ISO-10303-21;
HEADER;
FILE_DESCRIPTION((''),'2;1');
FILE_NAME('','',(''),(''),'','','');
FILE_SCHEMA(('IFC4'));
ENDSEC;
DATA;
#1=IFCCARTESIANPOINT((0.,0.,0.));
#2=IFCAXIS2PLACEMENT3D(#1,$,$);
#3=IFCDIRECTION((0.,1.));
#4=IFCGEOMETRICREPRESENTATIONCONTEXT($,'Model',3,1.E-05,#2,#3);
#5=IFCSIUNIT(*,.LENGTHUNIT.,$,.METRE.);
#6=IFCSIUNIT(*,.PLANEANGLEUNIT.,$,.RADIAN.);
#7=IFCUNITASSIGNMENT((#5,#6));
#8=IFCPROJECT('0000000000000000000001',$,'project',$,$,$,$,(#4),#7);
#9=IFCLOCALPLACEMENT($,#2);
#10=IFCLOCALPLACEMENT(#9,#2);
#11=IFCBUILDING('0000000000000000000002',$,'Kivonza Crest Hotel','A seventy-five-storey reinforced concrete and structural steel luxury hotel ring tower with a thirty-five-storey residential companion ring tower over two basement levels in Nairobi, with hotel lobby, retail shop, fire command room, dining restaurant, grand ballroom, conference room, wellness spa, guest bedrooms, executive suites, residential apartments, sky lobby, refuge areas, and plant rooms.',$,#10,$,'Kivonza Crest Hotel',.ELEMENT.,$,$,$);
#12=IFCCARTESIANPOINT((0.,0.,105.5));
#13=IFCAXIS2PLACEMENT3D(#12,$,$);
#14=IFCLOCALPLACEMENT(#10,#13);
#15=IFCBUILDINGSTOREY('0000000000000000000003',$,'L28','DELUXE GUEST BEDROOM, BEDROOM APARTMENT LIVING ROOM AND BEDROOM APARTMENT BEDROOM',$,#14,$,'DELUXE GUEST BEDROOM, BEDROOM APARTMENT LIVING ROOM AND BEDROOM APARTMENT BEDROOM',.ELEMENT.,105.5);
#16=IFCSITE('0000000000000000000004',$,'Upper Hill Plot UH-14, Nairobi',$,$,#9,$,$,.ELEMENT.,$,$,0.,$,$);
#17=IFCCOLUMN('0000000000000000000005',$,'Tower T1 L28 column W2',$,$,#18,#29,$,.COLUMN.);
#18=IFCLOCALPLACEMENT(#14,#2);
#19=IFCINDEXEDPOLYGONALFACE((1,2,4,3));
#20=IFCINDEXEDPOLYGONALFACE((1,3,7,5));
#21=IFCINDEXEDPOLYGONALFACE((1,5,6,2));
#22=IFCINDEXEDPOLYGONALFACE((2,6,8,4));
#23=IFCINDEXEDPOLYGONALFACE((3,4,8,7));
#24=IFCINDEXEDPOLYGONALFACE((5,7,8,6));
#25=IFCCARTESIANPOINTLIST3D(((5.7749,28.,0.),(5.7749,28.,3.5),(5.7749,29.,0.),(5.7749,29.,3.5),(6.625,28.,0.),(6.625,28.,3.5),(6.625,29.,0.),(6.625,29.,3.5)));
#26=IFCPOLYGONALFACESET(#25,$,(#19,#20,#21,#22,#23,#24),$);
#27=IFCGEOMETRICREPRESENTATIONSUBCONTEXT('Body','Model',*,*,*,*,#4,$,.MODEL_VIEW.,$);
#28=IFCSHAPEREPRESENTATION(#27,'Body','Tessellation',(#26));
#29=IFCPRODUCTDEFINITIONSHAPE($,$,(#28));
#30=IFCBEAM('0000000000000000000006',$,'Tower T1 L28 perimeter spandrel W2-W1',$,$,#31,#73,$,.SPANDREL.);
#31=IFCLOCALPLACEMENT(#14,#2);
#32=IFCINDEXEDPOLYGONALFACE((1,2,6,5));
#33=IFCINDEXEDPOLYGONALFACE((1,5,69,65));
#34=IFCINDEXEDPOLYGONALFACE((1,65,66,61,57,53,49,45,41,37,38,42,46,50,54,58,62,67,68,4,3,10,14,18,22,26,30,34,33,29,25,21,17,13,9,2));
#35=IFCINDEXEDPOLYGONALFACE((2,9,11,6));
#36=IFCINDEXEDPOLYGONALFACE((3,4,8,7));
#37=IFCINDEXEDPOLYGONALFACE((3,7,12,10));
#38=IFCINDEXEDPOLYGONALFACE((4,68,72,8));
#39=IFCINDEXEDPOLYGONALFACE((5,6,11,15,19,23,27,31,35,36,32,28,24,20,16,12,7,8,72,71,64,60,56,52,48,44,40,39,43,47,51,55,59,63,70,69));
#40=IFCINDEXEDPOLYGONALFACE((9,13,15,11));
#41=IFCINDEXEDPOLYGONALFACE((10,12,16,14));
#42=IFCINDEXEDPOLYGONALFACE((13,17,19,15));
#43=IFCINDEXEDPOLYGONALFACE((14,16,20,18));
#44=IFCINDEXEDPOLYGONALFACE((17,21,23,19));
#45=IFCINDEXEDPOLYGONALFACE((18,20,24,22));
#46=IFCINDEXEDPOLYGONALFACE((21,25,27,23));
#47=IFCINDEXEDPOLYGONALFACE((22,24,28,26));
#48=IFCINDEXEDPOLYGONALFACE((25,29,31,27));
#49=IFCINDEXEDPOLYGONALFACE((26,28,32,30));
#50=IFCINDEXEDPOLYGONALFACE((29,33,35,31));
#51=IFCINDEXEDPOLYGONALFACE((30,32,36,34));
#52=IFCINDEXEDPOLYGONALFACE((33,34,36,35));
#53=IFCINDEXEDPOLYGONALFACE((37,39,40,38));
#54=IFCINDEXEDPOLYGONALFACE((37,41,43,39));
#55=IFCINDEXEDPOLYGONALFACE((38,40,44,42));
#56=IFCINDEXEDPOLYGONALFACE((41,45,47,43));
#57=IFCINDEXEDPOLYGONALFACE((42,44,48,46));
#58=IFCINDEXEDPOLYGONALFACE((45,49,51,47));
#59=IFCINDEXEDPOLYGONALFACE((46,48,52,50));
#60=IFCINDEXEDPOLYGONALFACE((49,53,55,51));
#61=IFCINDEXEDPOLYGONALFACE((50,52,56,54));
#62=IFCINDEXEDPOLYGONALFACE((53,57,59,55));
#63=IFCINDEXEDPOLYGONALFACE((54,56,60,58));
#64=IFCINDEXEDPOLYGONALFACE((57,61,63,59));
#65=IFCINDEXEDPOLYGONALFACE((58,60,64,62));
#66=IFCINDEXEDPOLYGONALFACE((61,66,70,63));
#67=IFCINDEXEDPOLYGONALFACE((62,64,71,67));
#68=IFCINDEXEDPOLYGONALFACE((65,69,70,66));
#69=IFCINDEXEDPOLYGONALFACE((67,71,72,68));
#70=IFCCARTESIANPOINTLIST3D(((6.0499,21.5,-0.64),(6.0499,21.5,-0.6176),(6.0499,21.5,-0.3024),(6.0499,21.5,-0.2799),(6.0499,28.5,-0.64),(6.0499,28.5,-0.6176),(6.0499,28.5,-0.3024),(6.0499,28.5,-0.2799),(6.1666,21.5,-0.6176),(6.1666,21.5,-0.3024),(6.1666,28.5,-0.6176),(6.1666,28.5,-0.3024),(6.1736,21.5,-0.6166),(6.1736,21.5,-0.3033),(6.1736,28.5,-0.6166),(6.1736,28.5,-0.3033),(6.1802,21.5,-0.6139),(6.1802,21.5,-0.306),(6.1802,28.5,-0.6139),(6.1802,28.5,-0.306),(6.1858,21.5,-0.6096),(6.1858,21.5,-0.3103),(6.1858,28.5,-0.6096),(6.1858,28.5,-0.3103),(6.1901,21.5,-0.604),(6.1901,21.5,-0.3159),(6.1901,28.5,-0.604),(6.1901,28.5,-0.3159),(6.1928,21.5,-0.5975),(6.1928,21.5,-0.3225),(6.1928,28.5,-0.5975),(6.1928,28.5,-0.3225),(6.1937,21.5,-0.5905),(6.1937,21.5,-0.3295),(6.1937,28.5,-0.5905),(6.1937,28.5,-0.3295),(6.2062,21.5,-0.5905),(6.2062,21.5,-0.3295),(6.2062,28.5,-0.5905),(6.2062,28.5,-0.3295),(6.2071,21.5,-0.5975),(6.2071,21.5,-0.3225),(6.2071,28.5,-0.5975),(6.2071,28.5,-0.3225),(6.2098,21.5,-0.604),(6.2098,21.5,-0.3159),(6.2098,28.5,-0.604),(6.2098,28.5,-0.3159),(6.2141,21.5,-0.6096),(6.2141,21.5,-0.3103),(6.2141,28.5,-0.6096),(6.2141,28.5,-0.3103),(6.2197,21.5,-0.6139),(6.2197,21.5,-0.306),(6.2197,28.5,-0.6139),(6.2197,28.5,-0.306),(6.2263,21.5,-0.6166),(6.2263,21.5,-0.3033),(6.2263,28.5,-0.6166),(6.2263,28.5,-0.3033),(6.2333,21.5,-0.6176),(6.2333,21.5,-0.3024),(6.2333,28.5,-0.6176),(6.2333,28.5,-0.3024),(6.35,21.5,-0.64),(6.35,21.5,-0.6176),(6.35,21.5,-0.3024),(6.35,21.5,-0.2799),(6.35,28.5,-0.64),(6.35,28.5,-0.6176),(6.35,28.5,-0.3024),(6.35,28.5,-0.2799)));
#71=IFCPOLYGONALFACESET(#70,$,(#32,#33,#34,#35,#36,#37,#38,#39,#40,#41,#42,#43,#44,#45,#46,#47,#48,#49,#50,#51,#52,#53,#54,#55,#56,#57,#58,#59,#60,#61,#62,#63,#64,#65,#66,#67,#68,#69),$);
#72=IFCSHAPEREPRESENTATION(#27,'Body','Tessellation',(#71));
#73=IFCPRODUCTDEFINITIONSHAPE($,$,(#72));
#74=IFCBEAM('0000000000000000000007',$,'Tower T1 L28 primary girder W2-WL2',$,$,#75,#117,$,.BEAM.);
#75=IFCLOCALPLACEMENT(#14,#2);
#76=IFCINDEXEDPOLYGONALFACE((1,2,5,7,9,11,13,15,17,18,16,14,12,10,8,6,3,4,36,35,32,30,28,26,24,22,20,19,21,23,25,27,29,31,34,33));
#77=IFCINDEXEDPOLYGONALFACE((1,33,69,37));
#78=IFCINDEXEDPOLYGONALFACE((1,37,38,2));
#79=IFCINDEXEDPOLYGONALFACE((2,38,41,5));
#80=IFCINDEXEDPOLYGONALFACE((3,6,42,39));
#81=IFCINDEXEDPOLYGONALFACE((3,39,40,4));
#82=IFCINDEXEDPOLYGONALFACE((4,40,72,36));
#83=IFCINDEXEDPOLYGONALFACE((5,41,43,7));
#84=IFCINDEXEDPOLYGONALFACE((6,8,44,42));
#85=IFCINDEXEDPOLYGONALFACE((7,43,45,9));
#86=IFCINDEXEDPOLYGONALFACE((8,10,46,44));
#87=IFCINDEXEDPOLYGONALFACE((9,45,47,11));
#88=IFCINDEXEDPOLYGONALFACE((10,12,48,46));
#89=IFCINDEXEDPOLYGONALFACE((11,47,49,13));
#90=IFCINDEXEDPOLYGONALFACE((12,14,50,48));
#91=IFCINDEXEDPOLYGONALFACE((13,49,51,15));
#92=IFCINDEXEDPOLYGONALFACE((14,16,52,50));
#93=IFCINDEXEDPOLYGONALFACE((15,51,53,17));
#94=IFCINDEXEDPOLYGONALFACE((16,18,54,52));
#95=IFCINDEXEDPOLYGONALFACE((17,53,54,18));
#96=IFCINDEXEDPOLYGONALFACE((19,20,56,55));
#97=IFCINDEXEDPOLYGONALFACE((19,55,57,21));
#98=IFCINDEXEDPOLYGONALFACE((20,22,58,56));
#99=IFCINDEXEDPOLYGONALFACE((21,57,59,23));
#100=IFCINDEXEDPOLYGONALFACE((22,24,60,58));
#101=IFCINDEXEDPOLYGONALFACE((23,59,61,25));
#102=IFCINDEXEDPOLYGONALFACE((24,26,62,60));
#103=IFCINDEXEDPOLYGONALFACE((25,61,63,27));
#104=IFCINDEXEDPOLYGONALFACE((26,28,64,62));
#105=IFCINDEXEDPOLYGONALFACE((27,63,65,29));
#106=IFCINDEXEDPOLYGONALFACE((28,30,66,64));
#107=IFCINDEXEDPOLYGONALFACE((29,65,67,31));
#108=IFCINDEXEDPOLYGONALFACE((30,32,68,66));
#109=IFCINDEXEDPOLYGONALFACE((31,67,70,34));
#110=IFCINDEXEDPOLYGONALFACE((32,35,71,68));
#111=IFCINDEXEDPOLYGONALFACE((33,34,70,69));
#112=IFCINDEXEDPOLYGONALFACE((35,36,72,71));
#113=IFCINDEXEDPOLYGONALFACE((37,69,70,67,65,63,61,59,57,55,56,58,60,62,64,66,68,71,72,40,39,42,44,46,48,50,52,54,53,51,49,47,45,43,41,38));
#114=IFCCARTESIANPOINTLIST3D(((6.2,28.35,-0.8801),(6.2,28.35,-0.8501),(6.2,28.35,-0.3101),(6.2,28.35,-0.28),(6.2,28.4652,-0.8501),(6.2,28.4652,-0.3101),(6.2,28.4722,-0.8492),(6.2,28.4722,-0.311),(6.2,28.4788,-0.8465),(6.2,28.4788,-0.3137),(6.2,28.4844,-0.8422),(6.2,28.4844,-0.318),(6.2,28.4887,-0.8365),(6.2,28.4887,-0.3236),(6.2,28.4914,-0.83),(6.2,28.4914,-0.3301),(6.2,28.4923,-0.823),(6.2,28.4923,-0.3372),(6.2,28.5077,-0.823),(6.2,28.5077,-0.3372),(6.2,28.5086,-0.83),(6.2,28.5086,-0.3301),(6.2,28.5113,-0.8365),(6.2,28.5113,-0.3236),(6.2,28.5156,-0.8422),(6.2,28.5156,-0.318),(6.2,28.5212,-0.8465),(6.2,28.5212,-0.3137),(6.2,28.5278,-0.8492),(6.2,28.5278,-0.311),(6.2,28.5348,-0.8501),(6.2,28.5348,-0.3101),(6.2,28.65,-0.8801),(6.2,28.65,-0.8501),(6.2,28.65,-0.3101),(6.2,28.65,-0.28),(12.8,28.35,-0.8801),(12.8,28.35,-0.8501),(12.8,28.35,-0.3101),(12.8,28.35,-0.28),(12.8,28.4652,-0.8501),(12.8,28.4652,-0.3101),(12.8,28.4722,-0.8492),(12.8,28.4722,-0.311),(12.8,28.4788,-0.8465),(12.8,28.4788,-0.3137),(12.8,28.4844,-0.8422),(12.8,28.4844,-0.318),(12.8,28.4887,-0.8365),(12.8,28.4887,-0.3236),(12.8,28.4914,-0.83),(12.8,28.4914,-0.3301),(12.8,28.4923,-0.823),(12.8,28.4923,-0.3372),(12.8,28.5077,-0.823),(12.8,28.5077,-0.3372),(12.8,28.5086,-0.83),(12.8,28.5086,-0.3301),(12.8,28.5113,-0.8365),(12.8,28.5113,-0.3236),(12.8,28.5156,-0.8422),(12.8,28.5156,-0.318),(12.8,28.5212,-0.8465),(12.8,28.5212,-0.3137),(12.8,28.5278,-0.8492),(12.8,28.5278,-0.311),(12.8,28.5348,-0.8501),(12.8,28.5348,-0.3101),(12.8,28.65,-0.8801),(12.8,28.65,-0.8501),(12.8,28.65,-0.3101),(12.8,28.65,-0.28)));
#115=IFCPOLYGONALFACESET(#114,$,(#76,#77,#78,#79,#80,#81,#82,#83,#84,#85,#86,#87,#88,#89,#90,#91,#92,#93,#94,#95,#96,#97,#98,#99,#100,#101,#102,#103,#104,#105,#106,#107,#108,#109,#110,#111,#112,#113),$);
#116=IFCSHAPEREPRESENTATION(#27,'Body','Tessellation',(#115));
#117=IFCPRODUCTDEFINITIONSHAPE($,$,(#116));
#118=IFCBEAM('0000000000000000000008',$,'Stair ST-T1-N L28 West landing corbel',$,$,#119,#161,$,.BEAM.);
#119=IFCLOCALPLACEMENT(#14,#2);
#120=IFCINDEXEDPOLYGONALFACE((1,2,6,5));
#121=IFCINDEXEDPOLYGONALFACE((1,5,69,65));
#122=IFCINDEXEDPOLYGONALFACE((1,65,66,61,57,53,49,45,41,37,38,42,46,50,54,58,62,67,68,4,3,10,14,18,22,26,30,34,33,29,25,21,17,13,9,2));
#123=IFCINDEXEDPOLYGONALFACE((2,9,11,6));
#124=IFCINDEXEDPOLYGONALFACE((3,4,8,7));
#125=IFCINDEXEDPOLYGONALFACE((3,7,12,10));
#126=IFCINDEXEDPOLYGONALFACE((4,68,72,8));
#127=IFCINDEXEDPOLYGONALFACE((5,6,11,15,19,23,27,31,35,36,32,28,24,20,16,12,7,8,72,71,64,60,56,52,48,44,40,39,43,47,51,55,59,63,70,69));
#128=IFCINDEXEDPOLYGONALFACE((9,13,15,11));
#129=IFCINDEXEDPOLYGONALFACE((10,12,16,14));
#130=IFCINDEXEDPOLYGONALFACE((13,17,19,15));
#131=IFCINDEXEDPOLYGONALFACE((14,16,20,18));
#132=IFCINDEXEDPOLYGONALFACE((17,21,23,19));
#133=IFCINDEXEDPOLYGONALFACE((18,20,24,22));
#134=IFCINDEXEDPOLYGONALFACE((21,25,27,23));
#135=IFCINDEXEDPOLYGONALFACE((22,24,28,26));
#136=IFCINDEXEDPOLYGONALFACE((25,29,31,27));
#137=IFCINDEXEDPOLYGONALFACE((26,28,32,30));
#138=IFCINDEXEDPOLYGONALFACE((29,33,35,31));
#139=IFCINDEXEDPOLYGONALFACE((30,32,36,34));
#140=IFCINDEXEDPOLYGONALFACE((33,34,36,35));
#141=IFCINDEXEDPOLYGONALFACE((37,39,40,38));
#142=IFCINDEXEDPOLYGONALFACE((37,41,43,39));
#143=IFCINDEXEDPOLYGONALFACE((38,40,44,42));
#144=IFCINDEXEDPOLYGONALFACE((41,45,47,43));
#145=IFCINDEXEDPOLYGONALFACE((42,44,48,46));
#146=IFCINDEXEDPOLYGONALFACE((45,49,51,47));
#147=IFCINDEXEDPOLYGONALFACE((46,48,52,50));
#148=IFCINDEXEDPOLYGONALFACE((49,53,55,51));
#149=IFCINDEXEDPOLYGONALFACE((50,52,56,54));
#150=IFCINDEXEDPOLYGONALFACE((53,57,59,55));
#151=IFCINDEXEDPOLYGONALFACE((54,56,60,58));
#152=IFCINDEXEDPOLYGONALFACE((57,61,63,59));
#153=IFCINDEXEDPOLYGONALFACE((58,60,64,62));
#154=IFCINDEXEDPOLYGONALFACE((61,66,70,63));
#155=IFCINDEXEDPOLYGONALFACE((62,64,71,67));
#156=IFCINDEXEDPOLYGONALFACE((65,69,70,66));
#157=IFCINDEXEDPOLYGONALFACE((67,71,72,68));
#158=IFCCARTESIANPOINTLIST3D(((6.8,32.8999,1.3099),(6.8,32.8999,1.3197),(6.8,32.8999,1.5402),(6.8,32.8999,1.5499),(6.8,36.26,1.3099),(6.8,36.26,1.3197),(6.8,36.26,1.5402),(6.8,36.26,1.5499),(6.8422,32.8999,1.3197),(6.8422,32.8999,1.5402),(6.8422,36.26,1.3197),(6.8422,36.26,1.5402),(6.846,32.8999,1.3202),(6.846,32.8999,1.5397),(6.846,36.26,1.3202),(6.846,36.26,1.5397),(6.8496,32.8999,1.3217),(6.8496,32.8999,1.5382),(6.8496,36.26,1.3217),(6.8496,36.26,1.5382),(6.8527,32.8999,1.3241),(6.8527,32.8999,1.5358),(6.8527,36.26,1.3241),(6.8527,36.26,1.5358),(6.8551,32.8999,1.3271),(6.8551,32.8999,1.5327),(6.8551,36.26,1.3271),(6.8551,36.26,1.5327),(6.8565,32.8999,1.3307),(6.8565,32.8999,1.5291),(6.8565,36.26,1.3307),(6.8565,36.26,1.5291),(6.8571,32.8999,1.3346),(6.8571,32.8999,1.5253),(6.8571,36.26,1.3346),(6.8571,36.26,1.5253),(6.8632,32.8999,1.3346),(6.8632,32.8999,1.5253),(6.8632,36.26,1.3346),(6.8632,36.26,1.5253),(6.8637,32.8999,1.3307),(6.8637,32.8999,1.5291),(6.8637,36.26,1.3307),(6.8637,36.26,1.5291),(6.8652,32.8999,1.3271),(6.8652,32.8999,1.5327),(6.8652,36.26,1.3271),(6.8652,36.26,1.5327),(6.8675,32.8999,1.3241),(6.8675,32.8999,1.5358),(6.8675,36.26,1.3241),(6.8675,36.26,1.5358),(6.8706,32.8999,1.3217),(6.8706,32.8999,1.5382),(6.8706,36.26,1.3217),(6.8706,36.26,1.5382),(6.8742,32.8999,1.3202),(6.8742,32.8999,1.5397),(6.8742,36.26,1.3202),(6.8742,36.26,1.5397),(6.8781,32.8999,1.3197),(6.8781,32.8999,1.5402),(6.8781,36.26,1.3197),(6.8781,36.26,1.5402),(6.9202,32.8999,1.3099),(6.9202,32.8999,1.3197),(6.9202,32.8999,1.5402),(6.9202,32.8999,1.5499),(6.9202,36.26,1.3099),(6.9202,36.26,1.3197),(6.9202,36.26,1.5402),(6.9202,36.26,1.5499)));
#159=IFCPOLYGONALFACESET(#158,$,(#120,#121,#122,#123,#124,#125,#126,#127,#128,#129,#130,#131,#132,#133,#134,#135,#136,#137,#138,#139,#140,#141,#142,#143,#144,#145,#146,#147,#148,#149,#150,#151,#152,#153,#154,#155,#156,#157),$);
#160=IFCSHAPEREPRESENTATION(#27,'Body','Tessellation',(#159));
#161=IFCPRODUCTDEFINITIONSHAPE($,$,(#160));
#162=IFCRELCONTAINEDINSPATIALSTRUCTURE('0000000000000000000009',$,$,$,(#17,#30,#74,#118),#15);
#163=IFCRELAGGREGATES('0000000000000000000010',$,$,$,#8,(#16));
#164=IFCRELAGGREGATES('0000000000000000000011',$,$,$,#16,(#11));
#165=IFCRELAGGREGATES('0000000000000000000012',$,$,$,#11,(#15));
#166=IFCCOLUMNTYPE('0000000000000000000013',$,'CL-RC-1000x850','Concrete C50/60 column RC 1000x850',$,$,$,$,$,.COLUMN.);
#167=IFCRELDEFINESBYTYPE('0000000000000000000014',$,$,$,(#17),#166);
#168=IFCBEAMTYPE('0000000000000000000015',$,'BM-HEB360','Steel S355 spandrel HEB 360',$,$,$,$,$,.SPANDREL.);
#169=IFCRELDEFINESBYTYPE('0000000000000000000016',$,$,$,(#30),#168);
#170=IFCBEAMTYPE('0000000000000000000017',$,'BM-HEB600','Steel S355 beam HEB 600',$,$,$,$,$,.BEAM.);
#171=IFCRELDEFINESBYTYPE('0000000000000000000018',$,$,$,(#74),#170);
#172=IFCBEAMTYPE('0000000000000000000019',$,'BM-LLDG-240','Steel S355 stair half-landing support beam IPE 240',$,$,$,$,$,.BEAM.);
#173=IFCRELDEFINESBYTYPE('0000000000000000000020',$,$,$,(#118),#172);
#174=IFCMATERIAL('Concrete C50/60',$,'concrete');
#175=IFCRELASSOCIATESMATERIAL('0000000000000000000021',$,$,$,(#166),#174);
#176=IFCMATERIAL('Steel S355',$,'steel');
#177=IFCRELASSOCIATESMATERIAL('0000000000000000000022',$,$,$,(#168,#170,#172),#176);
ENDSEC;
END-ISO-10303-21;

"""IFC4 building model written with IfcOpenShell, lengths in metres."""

from ifc_helpers import new_model, si_unit, direction, frame, origin, origin_2d, place, context, subcontext, project, spatial, rectangle, i_section, extrude, material, material_profile, profile_set, type_object, element, save


model = new_model("IFC4")

# Units and contexts
model_context = context("Model", 3, precision=1e-05, world=origin(), true_north=direction((0.0, 1.0)))
body_context = subcontext(model_context, "Body", "Model", "MODEL_VIEW")
ifc_project = project(units=[si_unit("LENGTHUNIT", "METRE"), si_unit("PLANEANGLEUNIT", "RADIAN")], contexts=[model_context])

# Site, building, storey
site_placement = place(None, origin())
site = spatial("IfcSite", under=ifc_project, at=site_placement, Name="Upper Hill Plot UH-14, Nairobi", CompositionType="ELEMENT", RefElevation=0.0)
building_placement = place(site_placement, origin())
building = spatial("IfcBuilding", under=site, at=building_placement, Name="Kivonza Crest Hotel", Description="A seventy-five-storey reinforced concrete and structural steel luxury hotel ring tower with a thirty-five-storey residential companion ring tower over two basement levels in Nairobi, with hotel lobby, retail shop, fire command room, dining restaurant, grand ballroom, conference room, wellness spa, guest bedrooms, executive suites, residential apartments, sky lobby, refuge areas, and plant rooms.", LongName="Kivonza Crest Hotel", CompositionType="ELEMENT")
storey_placement = place(building_placement, frame((0.0, 0.0, 105.5)))
storey = spatial("IfcBuildingStorey", under=building, at=storey_placement, Name="L28", Description="DELUXE GUEST BEDROOM, BEDROOM APARTMENT LIVING ROOM AND BEDROOM APARTMENT BEDROOM", LongName="DELUXE GUEST BEDROOM, BEDROOM APARTMENT LIVING ROOM AND BEDROOM APARTMENT BEDROOM", CompositionType="ELEMENT", Elevation=105.5)

# Column
ifc_material_1 = material(Name="Concrete C50/60", Category="concrete")
ifc_material_profile_1 = material_profile(ifc_material_1, rectangle(XDim=0.8501, YDim=1.0, at=origin_2d()), Name="RC 1000x850")
ifc_profile_set_1 = profile_set([ifc_material_profile_1], Name="Concrete C50/60")
column_type = type_object("IfcColumnType", Name="CL-RC-1000x850", Description="Concrete C50/60 column RC 1000x850", PredefinedType="COLUMN", material=ifc_profile_set_1)
column_placement = place(storey_placement, frame((6.2, 28.5, 0.0), z_axis=(0.0, 0.0, 1.0), x_axis=(1.0, 0.0, 0.0)))
element("IfcColumn", 1, at=column_placement, inside=storey, type_object=column_type, Name="Tower T1 L28 column W2", PredefinedType="COLUMN", context=body_context, shape_type="SweptSolid", body=[
    extrude(rectangle(XDim=0.8501, YDim=1.0, at=origin_2d()), origin(), (0.0, 0.0, 1.0), 3.5),
])

# Beams
ifc_material_2 = material(Name="Steel S355", Category="steel")
ifc_material_profile_2 = material_profile(ifc_material_2, i_section(OverallWidth=0.3, OverallDepth=0.3601, WebThickness=0.0125, FlangeThickness=0.0225, FilletRadius=0.0271, at=origin_2d()), Name="HEB 360")
ifc_profile_set_2 = profile_set([ifc_material_profile_2], Name="Steel S355")
beam_type_1 = type_object("IfcBeamType", Name="BM-HEB360", Description="Steel S355 spandrel HEB 360", PredefinedType="SPANDREL", material=ifc_profile_set_2)
beam_1_placement = place(storey_placement, frame((6.2, 28.5, -0.46), z_axis=(0.0, -1.0, 0.0), x_axis=(1.0, 0.0, 0.0)))
element("IfcBeam", 2, at=beam_1_placement, inside=storey, type_object=beam_type_1, Name="Tower T1 L28 perimeter spandrel W2-W1", PredefinedType="SPANDREL", context=body_context, shape_type="SweptSolid", body=[
    extrude(i_section(OverallWidth=0.3, OverallDepth=0.3601, WebThickness=0.0125, FlangeThickness=0.0225, FilletRadius=0.0271, at=origin_2d()), origin(), (0.0, 0.0, 1.0), 7.0),
])
ifc_material_profile_3 = material_profile(ifc_material_2, i_section(OverallWidth=0.3, OverallDepth=0.6001, WebThickness=0.0154, FlangeThickness=0.03, FilletRadius=0.0271, at=origin_2d()), Name="HEB 600")
ifc_profile_set_3 = profile_set([ifc_material_profile_3], Name="Steel S355")
beam_type_2 = type_object("IfcBeamType", Name="BM-HEB600", Description="Steel S355 beam HEB 600", PredefinedType="BEAM", material=ifc_profile_set_3)
beam_2_placement = place(storey_placement, frame((6.2, 28.5, -0.5801), z_axis=(1.0, 0.0, 0.0), x_axis=(0.0, 1.0, 0.0)))
element("IfcBeam", 3, at=beam_2_placement, inside=storey, type_object=beam_type_2, Name="Tower T1 L28 primary girder W2-WL2", PredefinedType="BEAM", context=body_context, shape_type="SweptSolid", body=[
    extrude(i_section(OverallWidth=0.3, OverallDepth=0.6001, WebThickness=0.0154, FlangeThickness=0.03, FilletRadius=0.0271, at=origin_2d()), origin(), (0.0, 0.0, 1.0), 6.6001),
])
ifc_material_profile_4 = material_profile(ifc_material_2, i_section(OverallWidth=0.1201, OverallDepth=0.24, WebThickness=0.0061, FlangeThickness=0.0098, FilletRadius=0.0149, at=origin_2d()), Name="IPE 240")
ifc_profile_set_4 = profile_set([ifc_material_profile_4], Name="Steel S355")
beam_type_3 = type_object("IfcBeamType", Name="BM-LLDG-240", Description="Steel S355 stair half-landing support beam IPE 240", PredefinedType="BEAM", material=ifc_profile_set_4)
beam_3_placement = place(storey_placement, frame((6.8601, 32.8999, 1.4299), z_axis=(0.0, 1.0, 0.0), x_axis=(-1.0, 0.0, 0.0)))
element("IfcBeam", 4, at=beam_3_placement, inside=storey, type_object=beam_type_3, Name="Stair ST-T1-N L28 West landing corbel", PredefinedType="BEAM", context=body_context, shape_type="SweptSolid", body=[
    extrude(i_section(OverallWidth=0.1201, OverallDepth=0.24, WebThickness=0.0061, FlangeThickness=0.0098, FilletRadius=0.0149, at=origin_2d()), origin(), (0.0, 0.0, 1.0), 3.3601),
])

save(model, "model.ifc")
